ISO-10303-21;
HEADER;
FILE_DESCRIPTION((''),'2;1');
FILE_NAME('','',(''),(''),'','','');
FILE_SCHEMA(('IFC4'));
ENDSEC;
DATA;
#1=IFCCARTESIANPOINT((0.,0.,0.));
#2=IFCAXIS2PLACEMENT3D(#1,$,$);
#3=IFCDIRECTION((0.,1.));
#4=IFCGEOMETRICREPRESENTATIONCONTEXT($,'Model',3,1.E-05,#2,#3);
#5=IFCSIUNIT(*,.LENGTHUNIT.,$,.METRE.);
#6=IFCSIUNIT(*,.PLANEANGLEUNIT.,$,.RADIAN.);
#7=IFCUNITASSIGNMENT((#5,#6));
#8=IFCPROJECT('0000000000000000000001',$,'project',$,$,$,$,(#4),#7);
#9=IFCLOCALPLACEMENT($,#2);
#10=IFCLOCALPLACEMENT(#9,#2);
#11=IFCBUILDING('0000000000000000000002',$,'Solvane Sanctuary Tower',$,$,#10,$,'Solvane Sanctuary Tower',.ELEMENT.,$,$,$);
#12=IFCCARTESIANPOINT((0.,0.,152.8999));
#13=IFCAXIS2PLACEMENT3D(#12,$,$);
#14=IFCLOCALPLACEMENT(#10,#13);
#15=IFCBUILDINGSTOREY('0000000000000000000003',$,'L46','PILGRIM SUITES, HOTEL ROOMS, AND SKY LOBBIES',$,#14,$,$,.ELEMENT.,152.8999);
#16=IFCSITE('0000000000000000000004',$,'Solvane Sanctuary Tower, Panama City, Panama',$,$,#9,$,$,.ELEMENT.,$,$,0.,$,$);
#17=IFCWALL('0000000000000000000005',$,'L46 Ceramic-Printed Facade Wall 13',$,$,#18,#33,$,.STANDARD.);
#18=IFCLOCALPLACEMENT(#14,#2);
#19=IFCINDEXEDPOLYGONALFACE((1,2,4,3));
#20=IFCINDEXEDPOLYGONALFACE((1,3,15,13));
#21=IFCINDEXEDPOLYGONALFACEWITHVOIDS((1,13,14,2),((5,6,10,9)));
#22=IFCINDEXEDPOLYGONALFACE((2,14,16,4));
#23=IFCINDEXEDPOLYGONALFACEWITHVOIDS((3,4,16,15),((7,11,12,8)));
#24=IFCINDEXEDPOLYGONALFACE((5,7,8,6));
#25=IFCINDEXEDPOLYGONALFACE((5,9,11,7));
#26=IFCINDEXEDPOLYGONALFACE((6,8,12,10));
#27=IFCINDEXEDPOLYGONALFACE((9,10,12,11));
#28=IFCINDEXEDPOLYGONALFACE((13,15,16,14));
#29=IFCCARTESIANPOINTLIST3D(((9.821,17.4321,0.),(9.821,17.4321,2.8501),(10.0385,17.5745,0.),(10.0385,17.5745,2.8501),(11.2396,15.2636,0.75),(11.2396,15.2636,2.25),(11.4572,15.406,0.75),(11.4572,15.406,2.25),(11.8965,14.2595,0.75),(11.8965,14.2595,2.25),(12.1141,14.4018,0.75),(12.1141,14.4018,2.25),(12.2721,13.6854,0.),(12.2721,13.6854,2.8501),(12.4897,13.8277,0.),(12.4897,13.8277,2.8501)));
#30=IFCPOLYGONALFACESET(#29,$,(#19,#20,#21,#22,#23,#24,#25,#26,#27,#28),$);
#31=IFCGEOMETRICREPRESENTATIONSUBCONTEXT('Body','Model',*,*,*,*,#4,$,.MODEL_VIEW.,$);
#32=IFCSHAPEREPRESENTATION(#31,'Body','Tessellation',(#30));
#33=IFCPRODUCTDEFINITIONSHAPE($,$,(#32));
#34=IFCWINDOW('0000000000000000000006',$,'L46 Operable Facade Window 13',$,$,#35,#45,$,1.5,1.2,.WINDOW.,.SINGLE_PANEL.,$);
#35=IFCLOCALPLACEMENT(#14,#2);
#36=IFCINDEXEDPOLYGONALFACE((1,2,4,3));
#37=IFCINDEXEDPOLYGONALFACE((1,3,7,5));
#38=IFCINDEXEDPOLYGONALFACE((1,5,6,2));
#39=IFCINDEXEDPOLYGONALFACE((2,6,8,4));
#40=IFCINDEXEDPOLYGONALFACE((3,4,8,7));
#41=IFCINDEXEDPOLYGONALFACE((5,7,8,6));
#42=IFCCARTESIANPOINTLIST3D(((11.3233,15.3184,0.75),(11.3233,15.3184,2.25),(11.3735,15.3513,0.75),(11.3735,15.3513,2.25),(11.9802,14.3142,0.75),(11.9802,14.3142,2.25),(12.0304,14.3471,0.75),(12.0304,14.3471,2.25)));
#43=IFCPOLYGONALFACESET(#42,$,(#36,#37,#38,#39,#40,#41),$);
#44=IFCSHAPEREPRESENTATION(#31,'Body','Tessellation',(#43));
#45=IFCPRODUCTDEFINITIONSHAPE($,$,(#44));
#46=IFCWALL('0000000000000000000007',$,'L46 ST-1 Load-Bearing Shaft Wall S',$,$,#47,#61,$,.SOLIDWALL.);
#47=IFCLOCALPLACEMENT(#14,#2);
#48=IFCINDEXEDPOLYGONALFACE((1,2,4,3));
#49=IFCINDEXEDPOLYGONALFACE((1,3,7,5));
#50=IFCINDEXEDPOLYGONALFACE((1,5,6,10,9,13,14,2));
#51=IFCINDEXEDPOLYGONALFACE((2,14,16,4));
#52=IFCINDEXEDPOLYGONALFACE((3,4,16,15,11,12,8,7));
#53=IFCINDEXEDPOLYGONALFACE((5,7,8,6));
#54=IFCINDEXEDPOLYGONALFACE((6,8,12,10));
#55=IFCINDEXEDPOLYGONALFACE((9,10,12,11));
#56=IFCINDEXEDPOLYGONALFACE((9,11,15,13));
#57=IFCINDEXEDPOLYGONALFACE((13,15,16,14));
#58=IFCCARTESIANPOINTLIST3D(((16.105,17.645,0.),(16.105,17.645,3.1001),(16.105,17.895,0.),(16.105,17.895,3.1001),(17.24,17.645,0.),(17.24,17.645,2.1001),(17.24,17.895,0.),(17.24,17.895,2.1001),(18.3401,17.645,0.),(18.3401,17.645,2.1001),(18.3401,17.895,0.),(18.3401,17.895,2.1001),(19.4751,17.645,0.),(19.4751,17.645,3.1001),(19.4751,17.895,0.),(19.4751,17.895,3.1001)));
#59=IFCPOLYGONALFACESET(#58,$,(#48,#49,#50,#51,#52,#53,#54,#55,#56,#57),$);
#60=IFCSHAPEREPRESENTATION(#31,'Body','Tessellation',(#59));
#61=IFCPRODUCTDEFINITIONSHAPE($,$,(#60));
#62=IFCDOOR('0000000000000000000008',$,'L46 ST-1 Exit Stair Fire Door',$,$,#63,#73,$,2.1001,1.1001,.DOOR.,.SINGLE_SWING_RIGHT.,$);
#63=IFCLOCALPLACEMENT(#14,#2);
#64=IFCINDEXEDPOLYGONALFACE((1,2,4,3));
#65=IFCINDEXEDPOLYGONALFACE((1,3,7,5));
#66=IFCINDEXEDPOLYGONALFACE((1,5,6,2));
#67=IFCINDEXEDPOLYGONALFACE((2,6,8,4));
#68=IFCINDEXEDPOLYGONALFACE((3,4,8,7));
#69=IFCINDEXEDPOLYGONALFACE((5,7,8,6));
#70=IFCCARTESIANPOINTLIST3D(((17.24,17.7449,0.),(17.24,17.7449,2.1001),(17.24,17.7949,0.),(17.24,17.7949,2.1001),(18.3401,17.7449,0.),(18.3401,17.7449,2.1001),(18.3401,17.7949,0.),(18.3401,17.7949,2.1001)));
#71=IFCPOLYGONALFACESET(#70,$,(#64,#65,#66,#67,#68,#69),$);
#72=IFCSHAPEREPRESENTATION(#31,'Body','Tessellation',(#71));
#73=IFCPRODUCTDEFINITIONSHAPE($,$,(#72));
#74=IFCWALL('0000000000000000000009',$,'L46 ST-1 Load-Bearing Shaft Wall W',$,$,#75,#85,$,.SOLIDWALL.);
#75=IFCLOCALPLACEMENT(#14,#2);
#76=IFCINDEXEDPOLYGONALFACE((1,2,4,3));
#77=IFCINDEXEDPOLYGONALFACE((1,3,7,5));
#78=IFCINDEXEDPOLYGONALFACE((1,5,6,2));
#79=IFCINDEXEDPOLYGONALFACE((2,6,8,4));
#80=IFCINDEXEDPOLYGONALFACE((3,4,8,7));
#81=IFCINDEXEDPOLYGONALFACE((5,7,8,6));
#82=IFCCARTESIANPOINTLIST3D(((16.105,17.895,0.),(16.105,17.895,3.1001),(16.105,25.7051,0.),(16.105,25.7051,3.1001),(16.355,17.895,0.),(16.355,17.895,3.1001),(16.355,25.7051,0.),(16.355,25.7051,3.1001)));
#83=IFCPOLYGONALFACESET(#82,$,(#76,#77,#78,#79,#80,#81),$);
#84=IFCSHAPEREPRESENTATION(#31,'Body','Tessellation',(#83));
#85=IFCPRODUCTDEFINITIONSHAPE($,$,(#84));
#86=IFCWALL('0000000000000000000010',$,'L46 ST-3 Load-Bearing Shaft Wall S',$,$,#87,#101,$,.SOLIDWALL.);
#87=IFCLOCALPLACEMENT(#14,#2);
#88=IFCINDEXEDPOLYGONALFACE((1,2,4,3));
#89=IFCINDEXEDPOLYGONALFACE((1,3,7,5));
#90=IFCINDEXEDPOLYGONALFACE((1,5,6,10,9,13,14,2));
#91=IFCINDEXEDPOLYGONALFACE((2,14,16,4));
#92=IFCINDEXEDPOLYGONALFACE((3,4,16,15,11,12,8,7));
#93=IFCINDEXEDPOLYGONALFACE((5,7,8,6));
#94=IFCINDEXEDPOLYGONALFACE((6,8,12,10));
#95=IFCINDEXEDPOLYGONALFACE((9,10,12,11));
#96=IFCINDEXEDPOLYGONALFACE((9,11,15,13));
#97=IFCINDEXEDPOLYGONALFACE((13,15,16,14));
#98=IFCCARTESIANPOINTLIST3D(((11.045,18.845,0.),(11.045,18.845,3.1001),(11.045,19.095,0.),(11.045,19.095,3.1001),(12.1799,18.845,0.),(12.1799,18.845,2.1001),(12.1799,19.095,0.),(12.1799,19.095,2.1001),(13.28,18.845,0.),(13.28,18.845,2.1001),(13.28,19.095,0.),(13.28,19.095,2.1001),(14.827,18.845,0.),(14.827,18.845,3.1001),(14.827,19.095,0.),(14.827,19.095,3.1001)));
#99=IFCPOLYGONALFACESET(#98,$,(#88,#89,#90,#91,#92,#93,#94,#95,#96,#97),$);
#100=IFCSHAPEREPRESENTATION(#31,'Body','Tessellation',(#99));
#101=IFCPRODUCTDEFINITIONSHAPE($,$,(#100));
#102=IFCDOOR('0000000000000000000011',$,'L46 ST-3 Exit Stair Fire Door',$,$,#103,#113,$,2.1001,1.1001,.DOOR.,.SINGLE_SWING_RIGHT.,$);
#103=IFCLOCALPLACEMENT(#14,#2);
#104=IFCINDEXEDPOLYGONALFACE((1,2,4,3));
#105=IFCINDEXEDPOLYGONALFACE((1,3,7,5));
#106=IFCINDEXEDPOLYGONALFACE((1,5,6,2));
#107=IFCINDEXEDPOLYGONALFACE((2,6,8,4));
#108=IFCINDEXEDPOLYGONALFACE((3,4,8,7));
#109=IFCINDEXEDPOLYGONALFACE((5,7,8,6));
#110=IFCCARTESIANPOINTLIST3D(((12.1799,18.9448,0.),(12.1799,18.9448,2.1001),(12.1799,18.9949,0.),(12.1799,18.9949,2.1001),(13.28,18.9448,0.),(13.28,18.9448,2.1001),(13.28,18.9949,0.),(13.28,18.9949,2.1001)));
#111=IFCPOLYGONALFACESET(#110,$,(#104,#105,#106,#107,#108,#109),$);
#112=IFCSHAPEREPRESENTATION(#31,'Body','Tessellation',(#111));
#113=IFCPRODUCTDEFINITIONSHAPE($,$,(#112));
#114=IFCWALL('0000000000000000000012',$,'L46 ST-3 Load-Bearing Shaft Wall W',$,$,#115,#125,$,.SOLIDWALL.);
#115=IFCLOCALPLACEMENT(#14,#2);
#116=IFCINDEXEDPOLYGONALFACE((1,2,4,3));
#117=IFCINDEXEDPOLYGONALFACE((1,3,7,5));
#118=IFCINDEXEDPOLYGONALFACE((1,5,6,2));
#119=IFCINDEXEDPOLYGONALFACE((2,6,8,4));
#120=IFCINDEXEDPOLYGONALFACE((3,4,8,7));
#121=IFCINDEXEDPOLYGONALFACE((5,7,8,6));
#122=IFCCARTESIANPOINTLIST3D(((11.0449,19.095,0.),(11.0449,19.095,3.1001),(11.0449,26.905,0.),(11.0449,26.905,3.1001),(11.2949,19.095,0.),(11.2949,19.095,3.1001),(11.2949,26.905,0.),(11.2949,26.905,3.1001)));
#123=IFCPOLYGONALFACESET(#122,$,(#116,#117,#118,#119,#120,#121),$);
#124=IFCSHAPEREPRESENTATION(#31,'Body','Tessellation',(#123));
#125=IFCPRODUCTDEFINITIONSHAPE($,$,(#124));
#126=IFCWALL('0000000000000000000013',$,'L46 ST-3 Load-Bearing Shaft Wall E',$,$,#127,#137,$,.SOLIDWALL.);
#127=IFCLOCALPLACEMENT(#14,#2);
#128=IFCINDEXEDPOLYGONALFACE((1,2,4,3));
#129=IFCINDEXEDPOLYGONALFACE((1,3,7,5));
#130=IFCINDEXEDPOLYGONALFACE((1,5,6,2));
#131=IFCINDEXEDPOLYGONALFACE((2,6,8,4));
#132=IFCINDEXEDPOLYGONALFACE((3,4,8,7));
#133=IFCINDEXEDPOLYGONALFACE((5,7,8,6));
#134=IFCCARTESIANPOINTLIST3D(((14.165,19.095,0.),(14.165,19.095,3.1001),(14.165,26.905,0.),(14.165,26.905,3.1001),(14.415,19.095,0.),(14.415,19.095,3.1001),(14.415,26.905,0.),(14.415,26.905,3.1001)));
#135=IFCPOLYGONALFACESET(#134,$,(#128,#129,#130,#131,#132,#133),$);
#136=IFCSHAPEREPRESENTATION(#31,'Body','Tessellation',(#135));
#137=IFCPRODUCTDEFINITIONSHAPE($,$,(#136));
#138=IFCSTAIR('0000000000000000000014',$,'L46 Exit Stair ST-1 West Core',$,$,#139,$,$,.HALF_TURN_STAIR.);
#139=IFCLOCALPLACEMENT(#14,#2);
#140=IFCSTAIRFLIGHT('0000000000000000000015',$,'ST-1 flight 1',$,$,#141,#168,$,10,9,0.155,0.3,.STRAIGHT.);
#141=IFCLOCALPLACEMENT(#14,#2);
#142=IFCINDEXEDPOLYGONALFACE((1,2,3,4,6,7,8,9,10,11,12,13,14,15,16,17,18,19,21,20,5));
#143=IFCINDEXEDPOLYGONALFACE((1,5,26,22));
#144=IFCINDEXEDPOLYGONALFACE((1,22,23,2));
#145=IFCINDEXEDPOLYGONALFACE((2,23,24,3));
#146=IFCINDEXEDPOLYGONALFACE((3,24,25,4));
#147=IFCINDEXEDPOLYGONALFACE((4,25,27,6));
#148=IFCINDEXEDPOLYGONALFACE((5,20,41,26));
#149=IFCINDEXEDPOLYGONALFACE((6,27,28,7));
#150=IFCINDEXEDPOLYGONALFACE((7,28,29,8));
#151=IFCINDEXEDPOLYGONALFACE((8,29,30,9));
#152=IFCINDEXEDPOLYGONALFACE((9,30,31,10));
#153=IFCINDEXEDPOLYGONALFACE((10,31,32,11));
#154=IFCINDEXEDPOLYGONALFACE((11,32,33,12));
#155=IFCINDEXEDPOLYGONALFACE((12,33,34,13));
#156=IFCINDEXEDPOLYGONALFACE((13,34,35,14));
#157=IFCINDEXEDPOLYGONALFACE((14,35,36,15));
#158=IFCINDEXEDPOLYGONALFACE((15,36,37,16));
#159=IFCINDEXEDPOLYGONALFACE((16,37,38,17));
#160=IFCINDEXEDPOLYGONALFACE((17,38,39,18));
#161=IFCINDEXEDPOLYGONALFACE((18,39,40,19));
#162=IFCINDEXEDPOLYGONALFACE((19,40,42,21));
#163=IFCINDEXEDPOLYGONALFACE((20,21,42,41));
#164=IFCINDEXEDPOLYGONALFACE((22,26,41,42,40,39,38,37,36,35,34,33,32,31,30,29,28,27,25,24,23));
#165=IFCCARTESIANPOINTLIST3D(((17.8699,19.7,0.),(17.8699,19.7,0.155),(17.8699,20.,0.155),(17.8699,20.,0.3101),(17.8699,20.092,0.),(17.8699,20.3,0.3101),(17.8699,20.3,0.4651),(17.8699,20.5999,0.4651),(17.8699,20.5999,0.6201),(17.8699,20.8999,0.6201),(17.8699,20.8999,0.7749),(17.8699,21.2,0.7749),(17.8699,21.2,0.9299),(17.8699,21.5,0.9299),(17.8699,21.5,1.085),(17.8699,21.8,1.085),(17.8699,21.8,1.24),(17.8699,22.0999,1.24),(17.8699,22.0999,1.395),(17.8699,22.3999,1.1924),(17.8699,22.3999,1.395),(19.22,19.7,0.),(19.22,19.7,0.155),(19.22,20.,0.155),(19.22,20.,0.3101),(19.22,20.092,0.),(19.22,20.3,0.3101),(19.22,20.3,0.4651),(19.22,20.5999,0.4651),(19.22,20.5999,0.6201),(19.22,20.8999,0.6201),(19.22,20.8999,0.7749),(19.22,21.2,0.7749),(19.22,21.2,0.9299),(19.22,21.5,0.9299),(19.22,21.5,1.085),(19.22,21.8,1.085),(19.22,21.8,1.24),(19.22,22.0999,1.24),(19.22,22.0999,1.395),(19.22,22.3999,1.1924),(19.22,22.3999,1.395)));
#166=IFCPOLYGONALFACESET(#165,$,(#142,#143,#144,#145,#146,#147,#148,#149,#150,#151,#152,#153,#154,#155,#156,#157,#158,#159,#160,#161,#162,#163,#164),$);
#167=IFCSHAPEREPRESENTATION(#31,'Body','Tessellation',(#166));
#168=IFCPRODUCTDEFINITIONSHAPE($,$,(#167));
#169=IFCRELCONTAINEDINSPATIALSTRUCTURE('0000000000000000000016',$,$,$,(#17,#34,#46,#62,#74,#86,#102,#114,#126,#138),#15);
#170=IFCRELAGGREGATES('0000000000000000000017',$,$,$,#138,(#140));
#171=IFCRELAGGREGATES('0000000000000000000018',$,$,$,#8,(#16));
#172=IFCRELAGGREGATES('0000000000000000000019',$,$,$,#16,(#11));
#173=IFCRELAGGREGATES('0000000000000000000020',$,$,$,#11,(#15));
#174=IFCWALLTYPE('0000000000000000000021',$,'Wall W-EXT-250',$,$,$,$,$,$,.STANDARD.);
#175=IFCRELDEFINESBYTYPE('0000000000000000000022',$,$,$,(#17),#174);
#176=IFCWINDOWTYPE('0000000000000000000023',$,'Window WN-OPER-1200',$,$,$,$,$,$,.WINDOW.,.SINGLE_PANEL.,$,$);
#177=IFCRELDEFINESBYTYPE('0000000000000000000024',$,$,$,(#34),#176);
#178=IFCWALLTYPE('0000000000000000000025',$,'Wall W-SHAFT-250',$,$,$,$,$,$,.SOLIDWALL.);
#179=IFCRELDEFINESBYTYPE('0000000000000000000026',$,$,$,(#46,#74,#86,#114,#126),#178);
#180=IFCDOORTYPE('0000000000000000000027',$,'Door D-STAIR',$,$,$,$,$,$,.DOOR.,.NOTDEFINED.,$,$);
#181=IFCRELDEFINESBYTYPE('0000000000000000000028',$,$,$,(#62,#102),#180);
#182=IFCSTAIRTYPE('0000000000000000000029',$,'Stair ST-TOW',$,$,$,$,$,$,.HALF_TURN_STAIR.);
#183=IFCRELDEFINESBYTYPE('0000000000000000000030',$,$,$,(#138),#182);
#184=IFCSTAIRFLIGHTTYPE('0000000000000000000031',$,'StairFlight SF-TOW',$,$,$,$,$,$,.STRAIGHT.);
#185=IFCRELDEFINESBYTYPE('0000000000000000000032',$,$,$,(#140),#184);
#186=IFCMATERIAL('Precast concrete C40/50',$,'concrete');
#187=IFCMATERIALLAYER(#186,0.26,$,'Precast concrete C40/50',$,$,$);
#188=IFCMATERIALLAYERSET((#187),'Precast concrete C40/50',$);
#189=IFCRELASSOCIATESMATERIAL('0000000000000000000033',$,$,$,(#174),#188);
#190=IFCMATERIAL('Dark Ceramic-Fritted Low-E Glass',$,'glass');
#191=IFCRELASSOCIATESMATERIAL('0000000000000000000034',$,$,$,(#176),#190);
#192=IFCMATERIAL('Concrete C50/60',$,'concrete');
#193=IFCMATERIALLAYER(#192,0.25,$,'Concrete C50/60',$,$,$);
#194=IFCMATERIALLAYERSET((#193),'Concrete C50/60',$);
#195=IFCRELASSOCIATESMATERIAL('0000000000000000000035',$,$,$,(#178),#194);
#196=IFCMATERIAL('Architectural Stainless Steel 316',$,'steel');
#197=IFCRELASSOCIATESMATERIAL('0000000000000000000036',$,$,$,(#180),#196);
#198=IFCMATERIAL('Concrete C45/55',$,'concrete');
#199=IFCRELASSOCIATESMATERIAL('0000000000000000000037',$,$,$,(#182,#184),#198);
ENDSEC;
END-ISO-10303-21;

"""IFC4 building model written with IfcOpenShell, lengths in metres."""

from ifc_helpers import new_model, si_unit, direction, frame, frame_2d, origin, place, context, subcontext, project, spatial, polyline, rectangle, outline, extrude, material, layer, layer_set, type_object, element, fill, aggregate, save


model = new_model("IFC4")

# Units and contexts
model_context = context("Model", 3, precision=1e-05, world=origin(), true_north=direction((0.0, 1.0)))
body_context = subcontext(model_context, "Body", "Model", "MODEL_VIEW")
ifc_project = project(units=[si_unit("LENGTHUNIT", "METRE"), si_unit("PLANEANGLEUNIT", "RADIAN")], contexts=[model_context])

# Site, building, storey
site_placement = place(None, origin())
site = spatial("IfcSite", under=ifc_project, at=site_placement, Name="Solvane Sanctuary Tower, Panama City, Panama", CompositionType="ELEMENT", RefElevation=0.0)
building_placement = place(site_placement, origin())
building = spatial("IfcBuilding", under=site, at=building_placement, Name="Solvane Sanctuary Tower", LongName="Solvane Sanctuary Tower", CompositionType="ELEMENT")
storey_placement = place(building_placement, frame((0.0, 0.0, 152.8999)))
storey = spatial("IfcBuildingStorey", under=building, at=storey_placement, Name="L46", Description="PILGRIM SUITES, HOTEL ROOMS, AND SKY LOBBIES", CompositionType="ELEMENT", Elevation=152.8999)

# Shared definitions
ifc_material_1 = material(Name="Architectural Stainless Steel 316", Category="steel")

# Wall, opening, window
ifc_material_2 = material(Name="Precast concrete C40/50", Category="concrete")
ifc_layer_1 = layer(ifc_material_2, 0.26, Name="Precast concrete C40/50")
ifc_layer_set_1 = layer_set([ifc_layer_1], Name="Precast concrete C40/50")
wall_type_1 = type_object("IfcWallType", Name="Wall W-EXT-250", PredefinedType="STANDARD", material=ifc_layer_set_1)
wall_1_placement = place(storey_placement, frame((9.9297, 17.5034, 0.0), z_axis=(0.0, 0.0, 1.0), x_axis=(0.547456, -0.836834, 0.0)))
wall_1 = element("IfcWall", 1, at=wall_1_placement, inside=storey, type_object=wall_type_1, Name="L46 Ceramic-Printed Facade Wall 13", PredefinedType="STANDARD", context=body_context, shape_type="SweptSolid", body=[
    extrude(rectangle(XDim=4.4773, YDim=0.26, at=frame_2d((2.2388, 0.0))), origin(), (0.0, 0.0, 1.0), 2.8501),
])
opening_1_placement = place(wall_1_placement, frame((2.5913, 0.0, 0.75)))
opening_1 = element("IfcOpeningElement", 2, at=opening_1_placement, cuts=wall_1, PredefinedType="OPENING", context=body_context, shape_type="SweptSolid", body=[
    extrude(rectangle(XDim=1.2, YDim=1.5, at=frame_2d((0.6001, 0.75))), frame((0.0, 0.1399, 0.0), z_axis=(0.0, -1.0, 0.0), x_axis=(1.0, 0.0, 0.0)), (0.0, 0.0, 1.0), 0.28),
])
ifc_material_3 = material(Name="Dark Ceramic-Fritted Low-E Glass", Category="glass")
window_type = type_object("IfcWindowType", Name="Window WN-OPER-1200", PartitioningType="SINGLE_PANEL", PredefinedType="WINDOW", material=ifc_material_3)
window_placement = place(opening_1_placement, origin())
window = element("IfcWindow", 3, at=window_placement, inside=storey, type_object=window_type, Name="L46 Operable Facade Window 13", OverallHeight=1.5, OverallWidth=1.2, PartitioningType="SINGLE_PANEL", PredefinedType="WINDOW", context=body_context, shape_type="SweptSolid", body=[
    extrude(rectangle(XDim=1.2, YDim=1.5, at=frame_2d((0.6001, 0.75))), frame((0.0, 0.03, 0.0), z_axis=(0.0, -1.0, 0.0), x_axis=(1.0, 0.0, 0.0)), (0.0, 0.0, 1.0), 0.0601),
])
fill(opening_1, window)

# Wall, opening, door
ifc_material_4 = material(Name="Concrete C50/60", Category="concrete")
ifc_layer_2 = layer(ifc_material_4, 0.25, Name="Concrete C50/60")
ifc_layer_set_2 = layer_set([ifc_layer_2], Name="Concrete C50/60")
wall_type_2 = type_object("IfcWallType", Name="Wall W-SHAFT-250", PredefinedType="SOLIDWALL", material=ifc_layer_set_2)
wall_2_placement = place(storey_placement, frame((16.105, 17.77, 0.0), z_axis=(0.0, 0.0, 1.0), x_axis=(1.0, 0.0, 0.0)))
wall_2 = element("IfcWall", 4, at=wall_2_placement, inside=storey, type_object=wall_type_2, Name="L46 ST-1 Load-Bearing Shaft Wall S", PredefinedType="SOLIDWALL", context=body_context, shape_type="SweptSolid", body=[
    extrude(rectangle(XDim=3.3701, YDim=0.25, at=frame_2d((1.6851, 0.0))), origin(), (0.0, 0.0, 1.0), 3.1001),
])
opening_2_placement = place(wall_2_placement, frame((1.135, 0.0, 0.0)))
opening_2 = element("IfcOpeningElement", 5, at=opening_2_placement, cuts=wall_2, PredefinedType="OPENING", context=body_context, shape_type="SweptSolid", body=[
    extrude(rectangle(XDim=1.1001, YDim=2.1001, at=frame_2d((0.55, 1.05))), frame((0.0, 0.135, 0.0), z_axis=(0.0, -1.0, 0.0), x_axis=(1.0, 0.0, 0.0)), (0.0, 0.0, 1.0), 0.27),
])
door_type_1 = type_object("IfcDoorType", Name="Door D-STAIR", OperationType="NOTDEFINED", PredefinedType="DOOR", material=ifc_material_1)
door_1_placement = place(opening_2_placement, origin())
door_1 = element("IfcDoor", 6, at=door_1_placement, inside=storey, type_object=door_type_1, Name="L46 ST-1 Exit Stair Fire Door", OperationType="SINGLE_SWING_RIGHT", OverallHeight=2.1001, OverallWidth=1.1001, PredefinedType="DOOR", context=body_context, shape_type="SweptSolid", body=[
    extrude(rectangle(XDim=1.1001, YDim=2.1001, at=frame_2d((0.55, 1.05))), frame((0.0, 0.0249, 0.0), z_axis=(0.0, -1.0, 0.0), x_axis=(1.0, 0.0, 0.0)), (0.0, 0.0, 1.0), 0.05),
])
fill(opening_2, door_1)

# Wall
wall_3_placement = place(storey_placement, frame((16.23, 17.895, 0.0), z_axis=(0.0, 0.0, 1.0), x_axis=(0.0, 1.0, 0.0)))
element("IfcWall", 7, at=wall_3_placement, inside=storey, type_object=wall_type_2, Name="L46 ST-1 Load-Bearing Shaft Wall W", PredefinedType="SOLIDWALL", context=body_context, shape_type="SweptSolid", body=[
    extrude(rectangle(XDim=7.8101, YDim=0.25, at=frame_2d((3.905, 0.0))), origin(), (0.0, 0.0, 1.0), 3.1001),
])

# Wall, opening, door
wall_4_placement = place(storey_placement, frame((11.0449, 18.97, 0.0), z_axis=(0.0, 0.0, 1.0), x_axis=(1.0, 0.0, 0.0)))
wall_4 = element("IfcWall", 8, at=wall_4_placement, inside=storey, type_object=wall_type_2, Name="L46 ST-3 Load-Bearing Shaft Wall S", PredefinedType="SOLIDWALL", context=body_context, shape_type="SweptSolid", body=[
    extrude(rectangle(XDim=3.782, YDim=0.25, at=frame_2d((1.8911, 0.0))), origin(), (0.0, 0.0, 1.0), 3.1001),
])
opening_3_placement = place(wall_4_placement, frame((1.135, 0.0, 0.0)))
opening_3 = element("IfcOpeningElement", 9, at=opening_3_placement, cuts=wall_4, PredefinedType="OPENING", context=body_context, shape_type="SweptSolid", body=[
    extrude(rectangle(XDim=1.1001, YDim=2.1001, at=frame_2d((0.55, 1.05))), frame((0.0, 0.135, 0.0), z_axis=(0.0, -1.0, 0.0), x_axis=(1.0, 0.0, 0.0)), (0.0, 0.0, 1.0), 0.27),
])
door_2_placement = place(opening_3_placement, origin())
door_2 = element("IfcDoor", 10, at=door_2_placement, inside=storey, type_object=door_type_1, Name="L46 ST-3 Exit Stair Fire Door", OperationType="SINGLE_SWING_RIGHT", OverallHeight=2.1001, OverallWidth=1.1001, PredefinedType="DOOR", context=body_context, shape_type="SweptSolid", body=[
    extrude(rectangle(XDim=1.1001, YDim=2.1001, at=frame_2d((0.55, 1.05))), frame((0.0, 0.0249, 0.0), z_axis=(0.0, -1.0, 0.0), x_axis=(1.0, 0.0, 0.0)), (0.0, 0.0, 1.0), 0.05),
])
fill(opening_3, door_2)

# Walls
for number, where, z_axis, x_axis, name in (
    (11, (11.1699, 19.095, 0.0), (0.0, 0.0, 1.0), (0.0, 1.0, 0.0), "L46 ST-3 Load-Bearing Shaft Wall W"),
    (12, (14.29, 19.095, 0.0), (0.0, 0.0, 1.0), (0.0, 1.0, 0.0), "L46 ST-3 Load-Bearing Shaft Wall E"),
):
    element("IfcWall", number, at=place(storey_placement, frame(where, z_axis=z_axis, x_axis=x_axis)), inside=storey, type_object=wall_type_2, Name=name, PredefinedType="SOLIDWALL", context=body_context, shape_type="SweptSolid", body=[
        extrude(rectangle(XDim=7.8101, YDim=0.25, at=frame_2d((3.905, 0.0))), origin(), (0.0, 0.0, 1.0), 3.1001),
    ])

# Stair, stair flight
ifc_material_5 = material(Name="Concrete C45/55", Category="concrete")
stair_type = type_object("IfcStairType", Name="Stair ST-TOW", PredefinedType="HALF_TURN_STAIR", material=ifc_material_5)
stair_1_placement = place(storey_placement, origin())
stair_1 = element("IfcStair", 13, at=stair_1_placement, inside=storey, type_object=stair_type, Name="L46 Exit Stair ST-1 West Core", PredefinedType="HALF_TURN_STAIR")
stair_flight_type = type_object("IfcStairFlightType", Name="StairFlight SF-TOW", PredefinedType="STRAIGHT", material=ifc_material_5)
stair_flight_1_placement = place(storey_placement, frame((18.5449, 19.7, 0.0), z_axis=(0.0, 0.0, 1.0), x_axis=(0.0, 1.0, 0.0)))
stair_flight_1 = element("IfcStairFlight", 14, at=stair_flight_1_placement, type_object=stair_flight_type, Name="ST-1 flight 1", NumberOfRisers=10, NumberOfTreads=9, PredefinedType="STRAIGHT", RiserHeight=0.155, TreadLength=0.3, context=body_context, shape_type="SweptSolid", body=[
    extrude(outline(polyline([(0.0, 0.0), (0.0, 0.155), (0.3, 0.155), (0.3, 0.3101), (0.6001, 0.3101), (0.6001, 0.4651), (0.8999, 0.4651), (0.8999, 0.6201), (1.2, 0.6201), (1.2, 0.7749), (1.5, 0.7749), (1.5, 0.9299), (1.8, 0.9299), (1.8, 1.085), (2.1001, 1.085), (2.1001, 1.24), (2.3999, 1.24), (2.3999, 1.395), (2.7, 1.395), (2.7, 1.55), (2.7, 1.1924), (0.3921, 0.0), (0.0, 0.0)])), frame((0.0, 0.675, 0.0), z_axis=(0.0, -1.0, 0.0), x_axis=(1.0, 0.0, 0.0)), (0.0, 0.0, 1.0), 1.3501),
])
aggregate(stair_1, [stair_flight_1])

save(model, "model.ifc")
